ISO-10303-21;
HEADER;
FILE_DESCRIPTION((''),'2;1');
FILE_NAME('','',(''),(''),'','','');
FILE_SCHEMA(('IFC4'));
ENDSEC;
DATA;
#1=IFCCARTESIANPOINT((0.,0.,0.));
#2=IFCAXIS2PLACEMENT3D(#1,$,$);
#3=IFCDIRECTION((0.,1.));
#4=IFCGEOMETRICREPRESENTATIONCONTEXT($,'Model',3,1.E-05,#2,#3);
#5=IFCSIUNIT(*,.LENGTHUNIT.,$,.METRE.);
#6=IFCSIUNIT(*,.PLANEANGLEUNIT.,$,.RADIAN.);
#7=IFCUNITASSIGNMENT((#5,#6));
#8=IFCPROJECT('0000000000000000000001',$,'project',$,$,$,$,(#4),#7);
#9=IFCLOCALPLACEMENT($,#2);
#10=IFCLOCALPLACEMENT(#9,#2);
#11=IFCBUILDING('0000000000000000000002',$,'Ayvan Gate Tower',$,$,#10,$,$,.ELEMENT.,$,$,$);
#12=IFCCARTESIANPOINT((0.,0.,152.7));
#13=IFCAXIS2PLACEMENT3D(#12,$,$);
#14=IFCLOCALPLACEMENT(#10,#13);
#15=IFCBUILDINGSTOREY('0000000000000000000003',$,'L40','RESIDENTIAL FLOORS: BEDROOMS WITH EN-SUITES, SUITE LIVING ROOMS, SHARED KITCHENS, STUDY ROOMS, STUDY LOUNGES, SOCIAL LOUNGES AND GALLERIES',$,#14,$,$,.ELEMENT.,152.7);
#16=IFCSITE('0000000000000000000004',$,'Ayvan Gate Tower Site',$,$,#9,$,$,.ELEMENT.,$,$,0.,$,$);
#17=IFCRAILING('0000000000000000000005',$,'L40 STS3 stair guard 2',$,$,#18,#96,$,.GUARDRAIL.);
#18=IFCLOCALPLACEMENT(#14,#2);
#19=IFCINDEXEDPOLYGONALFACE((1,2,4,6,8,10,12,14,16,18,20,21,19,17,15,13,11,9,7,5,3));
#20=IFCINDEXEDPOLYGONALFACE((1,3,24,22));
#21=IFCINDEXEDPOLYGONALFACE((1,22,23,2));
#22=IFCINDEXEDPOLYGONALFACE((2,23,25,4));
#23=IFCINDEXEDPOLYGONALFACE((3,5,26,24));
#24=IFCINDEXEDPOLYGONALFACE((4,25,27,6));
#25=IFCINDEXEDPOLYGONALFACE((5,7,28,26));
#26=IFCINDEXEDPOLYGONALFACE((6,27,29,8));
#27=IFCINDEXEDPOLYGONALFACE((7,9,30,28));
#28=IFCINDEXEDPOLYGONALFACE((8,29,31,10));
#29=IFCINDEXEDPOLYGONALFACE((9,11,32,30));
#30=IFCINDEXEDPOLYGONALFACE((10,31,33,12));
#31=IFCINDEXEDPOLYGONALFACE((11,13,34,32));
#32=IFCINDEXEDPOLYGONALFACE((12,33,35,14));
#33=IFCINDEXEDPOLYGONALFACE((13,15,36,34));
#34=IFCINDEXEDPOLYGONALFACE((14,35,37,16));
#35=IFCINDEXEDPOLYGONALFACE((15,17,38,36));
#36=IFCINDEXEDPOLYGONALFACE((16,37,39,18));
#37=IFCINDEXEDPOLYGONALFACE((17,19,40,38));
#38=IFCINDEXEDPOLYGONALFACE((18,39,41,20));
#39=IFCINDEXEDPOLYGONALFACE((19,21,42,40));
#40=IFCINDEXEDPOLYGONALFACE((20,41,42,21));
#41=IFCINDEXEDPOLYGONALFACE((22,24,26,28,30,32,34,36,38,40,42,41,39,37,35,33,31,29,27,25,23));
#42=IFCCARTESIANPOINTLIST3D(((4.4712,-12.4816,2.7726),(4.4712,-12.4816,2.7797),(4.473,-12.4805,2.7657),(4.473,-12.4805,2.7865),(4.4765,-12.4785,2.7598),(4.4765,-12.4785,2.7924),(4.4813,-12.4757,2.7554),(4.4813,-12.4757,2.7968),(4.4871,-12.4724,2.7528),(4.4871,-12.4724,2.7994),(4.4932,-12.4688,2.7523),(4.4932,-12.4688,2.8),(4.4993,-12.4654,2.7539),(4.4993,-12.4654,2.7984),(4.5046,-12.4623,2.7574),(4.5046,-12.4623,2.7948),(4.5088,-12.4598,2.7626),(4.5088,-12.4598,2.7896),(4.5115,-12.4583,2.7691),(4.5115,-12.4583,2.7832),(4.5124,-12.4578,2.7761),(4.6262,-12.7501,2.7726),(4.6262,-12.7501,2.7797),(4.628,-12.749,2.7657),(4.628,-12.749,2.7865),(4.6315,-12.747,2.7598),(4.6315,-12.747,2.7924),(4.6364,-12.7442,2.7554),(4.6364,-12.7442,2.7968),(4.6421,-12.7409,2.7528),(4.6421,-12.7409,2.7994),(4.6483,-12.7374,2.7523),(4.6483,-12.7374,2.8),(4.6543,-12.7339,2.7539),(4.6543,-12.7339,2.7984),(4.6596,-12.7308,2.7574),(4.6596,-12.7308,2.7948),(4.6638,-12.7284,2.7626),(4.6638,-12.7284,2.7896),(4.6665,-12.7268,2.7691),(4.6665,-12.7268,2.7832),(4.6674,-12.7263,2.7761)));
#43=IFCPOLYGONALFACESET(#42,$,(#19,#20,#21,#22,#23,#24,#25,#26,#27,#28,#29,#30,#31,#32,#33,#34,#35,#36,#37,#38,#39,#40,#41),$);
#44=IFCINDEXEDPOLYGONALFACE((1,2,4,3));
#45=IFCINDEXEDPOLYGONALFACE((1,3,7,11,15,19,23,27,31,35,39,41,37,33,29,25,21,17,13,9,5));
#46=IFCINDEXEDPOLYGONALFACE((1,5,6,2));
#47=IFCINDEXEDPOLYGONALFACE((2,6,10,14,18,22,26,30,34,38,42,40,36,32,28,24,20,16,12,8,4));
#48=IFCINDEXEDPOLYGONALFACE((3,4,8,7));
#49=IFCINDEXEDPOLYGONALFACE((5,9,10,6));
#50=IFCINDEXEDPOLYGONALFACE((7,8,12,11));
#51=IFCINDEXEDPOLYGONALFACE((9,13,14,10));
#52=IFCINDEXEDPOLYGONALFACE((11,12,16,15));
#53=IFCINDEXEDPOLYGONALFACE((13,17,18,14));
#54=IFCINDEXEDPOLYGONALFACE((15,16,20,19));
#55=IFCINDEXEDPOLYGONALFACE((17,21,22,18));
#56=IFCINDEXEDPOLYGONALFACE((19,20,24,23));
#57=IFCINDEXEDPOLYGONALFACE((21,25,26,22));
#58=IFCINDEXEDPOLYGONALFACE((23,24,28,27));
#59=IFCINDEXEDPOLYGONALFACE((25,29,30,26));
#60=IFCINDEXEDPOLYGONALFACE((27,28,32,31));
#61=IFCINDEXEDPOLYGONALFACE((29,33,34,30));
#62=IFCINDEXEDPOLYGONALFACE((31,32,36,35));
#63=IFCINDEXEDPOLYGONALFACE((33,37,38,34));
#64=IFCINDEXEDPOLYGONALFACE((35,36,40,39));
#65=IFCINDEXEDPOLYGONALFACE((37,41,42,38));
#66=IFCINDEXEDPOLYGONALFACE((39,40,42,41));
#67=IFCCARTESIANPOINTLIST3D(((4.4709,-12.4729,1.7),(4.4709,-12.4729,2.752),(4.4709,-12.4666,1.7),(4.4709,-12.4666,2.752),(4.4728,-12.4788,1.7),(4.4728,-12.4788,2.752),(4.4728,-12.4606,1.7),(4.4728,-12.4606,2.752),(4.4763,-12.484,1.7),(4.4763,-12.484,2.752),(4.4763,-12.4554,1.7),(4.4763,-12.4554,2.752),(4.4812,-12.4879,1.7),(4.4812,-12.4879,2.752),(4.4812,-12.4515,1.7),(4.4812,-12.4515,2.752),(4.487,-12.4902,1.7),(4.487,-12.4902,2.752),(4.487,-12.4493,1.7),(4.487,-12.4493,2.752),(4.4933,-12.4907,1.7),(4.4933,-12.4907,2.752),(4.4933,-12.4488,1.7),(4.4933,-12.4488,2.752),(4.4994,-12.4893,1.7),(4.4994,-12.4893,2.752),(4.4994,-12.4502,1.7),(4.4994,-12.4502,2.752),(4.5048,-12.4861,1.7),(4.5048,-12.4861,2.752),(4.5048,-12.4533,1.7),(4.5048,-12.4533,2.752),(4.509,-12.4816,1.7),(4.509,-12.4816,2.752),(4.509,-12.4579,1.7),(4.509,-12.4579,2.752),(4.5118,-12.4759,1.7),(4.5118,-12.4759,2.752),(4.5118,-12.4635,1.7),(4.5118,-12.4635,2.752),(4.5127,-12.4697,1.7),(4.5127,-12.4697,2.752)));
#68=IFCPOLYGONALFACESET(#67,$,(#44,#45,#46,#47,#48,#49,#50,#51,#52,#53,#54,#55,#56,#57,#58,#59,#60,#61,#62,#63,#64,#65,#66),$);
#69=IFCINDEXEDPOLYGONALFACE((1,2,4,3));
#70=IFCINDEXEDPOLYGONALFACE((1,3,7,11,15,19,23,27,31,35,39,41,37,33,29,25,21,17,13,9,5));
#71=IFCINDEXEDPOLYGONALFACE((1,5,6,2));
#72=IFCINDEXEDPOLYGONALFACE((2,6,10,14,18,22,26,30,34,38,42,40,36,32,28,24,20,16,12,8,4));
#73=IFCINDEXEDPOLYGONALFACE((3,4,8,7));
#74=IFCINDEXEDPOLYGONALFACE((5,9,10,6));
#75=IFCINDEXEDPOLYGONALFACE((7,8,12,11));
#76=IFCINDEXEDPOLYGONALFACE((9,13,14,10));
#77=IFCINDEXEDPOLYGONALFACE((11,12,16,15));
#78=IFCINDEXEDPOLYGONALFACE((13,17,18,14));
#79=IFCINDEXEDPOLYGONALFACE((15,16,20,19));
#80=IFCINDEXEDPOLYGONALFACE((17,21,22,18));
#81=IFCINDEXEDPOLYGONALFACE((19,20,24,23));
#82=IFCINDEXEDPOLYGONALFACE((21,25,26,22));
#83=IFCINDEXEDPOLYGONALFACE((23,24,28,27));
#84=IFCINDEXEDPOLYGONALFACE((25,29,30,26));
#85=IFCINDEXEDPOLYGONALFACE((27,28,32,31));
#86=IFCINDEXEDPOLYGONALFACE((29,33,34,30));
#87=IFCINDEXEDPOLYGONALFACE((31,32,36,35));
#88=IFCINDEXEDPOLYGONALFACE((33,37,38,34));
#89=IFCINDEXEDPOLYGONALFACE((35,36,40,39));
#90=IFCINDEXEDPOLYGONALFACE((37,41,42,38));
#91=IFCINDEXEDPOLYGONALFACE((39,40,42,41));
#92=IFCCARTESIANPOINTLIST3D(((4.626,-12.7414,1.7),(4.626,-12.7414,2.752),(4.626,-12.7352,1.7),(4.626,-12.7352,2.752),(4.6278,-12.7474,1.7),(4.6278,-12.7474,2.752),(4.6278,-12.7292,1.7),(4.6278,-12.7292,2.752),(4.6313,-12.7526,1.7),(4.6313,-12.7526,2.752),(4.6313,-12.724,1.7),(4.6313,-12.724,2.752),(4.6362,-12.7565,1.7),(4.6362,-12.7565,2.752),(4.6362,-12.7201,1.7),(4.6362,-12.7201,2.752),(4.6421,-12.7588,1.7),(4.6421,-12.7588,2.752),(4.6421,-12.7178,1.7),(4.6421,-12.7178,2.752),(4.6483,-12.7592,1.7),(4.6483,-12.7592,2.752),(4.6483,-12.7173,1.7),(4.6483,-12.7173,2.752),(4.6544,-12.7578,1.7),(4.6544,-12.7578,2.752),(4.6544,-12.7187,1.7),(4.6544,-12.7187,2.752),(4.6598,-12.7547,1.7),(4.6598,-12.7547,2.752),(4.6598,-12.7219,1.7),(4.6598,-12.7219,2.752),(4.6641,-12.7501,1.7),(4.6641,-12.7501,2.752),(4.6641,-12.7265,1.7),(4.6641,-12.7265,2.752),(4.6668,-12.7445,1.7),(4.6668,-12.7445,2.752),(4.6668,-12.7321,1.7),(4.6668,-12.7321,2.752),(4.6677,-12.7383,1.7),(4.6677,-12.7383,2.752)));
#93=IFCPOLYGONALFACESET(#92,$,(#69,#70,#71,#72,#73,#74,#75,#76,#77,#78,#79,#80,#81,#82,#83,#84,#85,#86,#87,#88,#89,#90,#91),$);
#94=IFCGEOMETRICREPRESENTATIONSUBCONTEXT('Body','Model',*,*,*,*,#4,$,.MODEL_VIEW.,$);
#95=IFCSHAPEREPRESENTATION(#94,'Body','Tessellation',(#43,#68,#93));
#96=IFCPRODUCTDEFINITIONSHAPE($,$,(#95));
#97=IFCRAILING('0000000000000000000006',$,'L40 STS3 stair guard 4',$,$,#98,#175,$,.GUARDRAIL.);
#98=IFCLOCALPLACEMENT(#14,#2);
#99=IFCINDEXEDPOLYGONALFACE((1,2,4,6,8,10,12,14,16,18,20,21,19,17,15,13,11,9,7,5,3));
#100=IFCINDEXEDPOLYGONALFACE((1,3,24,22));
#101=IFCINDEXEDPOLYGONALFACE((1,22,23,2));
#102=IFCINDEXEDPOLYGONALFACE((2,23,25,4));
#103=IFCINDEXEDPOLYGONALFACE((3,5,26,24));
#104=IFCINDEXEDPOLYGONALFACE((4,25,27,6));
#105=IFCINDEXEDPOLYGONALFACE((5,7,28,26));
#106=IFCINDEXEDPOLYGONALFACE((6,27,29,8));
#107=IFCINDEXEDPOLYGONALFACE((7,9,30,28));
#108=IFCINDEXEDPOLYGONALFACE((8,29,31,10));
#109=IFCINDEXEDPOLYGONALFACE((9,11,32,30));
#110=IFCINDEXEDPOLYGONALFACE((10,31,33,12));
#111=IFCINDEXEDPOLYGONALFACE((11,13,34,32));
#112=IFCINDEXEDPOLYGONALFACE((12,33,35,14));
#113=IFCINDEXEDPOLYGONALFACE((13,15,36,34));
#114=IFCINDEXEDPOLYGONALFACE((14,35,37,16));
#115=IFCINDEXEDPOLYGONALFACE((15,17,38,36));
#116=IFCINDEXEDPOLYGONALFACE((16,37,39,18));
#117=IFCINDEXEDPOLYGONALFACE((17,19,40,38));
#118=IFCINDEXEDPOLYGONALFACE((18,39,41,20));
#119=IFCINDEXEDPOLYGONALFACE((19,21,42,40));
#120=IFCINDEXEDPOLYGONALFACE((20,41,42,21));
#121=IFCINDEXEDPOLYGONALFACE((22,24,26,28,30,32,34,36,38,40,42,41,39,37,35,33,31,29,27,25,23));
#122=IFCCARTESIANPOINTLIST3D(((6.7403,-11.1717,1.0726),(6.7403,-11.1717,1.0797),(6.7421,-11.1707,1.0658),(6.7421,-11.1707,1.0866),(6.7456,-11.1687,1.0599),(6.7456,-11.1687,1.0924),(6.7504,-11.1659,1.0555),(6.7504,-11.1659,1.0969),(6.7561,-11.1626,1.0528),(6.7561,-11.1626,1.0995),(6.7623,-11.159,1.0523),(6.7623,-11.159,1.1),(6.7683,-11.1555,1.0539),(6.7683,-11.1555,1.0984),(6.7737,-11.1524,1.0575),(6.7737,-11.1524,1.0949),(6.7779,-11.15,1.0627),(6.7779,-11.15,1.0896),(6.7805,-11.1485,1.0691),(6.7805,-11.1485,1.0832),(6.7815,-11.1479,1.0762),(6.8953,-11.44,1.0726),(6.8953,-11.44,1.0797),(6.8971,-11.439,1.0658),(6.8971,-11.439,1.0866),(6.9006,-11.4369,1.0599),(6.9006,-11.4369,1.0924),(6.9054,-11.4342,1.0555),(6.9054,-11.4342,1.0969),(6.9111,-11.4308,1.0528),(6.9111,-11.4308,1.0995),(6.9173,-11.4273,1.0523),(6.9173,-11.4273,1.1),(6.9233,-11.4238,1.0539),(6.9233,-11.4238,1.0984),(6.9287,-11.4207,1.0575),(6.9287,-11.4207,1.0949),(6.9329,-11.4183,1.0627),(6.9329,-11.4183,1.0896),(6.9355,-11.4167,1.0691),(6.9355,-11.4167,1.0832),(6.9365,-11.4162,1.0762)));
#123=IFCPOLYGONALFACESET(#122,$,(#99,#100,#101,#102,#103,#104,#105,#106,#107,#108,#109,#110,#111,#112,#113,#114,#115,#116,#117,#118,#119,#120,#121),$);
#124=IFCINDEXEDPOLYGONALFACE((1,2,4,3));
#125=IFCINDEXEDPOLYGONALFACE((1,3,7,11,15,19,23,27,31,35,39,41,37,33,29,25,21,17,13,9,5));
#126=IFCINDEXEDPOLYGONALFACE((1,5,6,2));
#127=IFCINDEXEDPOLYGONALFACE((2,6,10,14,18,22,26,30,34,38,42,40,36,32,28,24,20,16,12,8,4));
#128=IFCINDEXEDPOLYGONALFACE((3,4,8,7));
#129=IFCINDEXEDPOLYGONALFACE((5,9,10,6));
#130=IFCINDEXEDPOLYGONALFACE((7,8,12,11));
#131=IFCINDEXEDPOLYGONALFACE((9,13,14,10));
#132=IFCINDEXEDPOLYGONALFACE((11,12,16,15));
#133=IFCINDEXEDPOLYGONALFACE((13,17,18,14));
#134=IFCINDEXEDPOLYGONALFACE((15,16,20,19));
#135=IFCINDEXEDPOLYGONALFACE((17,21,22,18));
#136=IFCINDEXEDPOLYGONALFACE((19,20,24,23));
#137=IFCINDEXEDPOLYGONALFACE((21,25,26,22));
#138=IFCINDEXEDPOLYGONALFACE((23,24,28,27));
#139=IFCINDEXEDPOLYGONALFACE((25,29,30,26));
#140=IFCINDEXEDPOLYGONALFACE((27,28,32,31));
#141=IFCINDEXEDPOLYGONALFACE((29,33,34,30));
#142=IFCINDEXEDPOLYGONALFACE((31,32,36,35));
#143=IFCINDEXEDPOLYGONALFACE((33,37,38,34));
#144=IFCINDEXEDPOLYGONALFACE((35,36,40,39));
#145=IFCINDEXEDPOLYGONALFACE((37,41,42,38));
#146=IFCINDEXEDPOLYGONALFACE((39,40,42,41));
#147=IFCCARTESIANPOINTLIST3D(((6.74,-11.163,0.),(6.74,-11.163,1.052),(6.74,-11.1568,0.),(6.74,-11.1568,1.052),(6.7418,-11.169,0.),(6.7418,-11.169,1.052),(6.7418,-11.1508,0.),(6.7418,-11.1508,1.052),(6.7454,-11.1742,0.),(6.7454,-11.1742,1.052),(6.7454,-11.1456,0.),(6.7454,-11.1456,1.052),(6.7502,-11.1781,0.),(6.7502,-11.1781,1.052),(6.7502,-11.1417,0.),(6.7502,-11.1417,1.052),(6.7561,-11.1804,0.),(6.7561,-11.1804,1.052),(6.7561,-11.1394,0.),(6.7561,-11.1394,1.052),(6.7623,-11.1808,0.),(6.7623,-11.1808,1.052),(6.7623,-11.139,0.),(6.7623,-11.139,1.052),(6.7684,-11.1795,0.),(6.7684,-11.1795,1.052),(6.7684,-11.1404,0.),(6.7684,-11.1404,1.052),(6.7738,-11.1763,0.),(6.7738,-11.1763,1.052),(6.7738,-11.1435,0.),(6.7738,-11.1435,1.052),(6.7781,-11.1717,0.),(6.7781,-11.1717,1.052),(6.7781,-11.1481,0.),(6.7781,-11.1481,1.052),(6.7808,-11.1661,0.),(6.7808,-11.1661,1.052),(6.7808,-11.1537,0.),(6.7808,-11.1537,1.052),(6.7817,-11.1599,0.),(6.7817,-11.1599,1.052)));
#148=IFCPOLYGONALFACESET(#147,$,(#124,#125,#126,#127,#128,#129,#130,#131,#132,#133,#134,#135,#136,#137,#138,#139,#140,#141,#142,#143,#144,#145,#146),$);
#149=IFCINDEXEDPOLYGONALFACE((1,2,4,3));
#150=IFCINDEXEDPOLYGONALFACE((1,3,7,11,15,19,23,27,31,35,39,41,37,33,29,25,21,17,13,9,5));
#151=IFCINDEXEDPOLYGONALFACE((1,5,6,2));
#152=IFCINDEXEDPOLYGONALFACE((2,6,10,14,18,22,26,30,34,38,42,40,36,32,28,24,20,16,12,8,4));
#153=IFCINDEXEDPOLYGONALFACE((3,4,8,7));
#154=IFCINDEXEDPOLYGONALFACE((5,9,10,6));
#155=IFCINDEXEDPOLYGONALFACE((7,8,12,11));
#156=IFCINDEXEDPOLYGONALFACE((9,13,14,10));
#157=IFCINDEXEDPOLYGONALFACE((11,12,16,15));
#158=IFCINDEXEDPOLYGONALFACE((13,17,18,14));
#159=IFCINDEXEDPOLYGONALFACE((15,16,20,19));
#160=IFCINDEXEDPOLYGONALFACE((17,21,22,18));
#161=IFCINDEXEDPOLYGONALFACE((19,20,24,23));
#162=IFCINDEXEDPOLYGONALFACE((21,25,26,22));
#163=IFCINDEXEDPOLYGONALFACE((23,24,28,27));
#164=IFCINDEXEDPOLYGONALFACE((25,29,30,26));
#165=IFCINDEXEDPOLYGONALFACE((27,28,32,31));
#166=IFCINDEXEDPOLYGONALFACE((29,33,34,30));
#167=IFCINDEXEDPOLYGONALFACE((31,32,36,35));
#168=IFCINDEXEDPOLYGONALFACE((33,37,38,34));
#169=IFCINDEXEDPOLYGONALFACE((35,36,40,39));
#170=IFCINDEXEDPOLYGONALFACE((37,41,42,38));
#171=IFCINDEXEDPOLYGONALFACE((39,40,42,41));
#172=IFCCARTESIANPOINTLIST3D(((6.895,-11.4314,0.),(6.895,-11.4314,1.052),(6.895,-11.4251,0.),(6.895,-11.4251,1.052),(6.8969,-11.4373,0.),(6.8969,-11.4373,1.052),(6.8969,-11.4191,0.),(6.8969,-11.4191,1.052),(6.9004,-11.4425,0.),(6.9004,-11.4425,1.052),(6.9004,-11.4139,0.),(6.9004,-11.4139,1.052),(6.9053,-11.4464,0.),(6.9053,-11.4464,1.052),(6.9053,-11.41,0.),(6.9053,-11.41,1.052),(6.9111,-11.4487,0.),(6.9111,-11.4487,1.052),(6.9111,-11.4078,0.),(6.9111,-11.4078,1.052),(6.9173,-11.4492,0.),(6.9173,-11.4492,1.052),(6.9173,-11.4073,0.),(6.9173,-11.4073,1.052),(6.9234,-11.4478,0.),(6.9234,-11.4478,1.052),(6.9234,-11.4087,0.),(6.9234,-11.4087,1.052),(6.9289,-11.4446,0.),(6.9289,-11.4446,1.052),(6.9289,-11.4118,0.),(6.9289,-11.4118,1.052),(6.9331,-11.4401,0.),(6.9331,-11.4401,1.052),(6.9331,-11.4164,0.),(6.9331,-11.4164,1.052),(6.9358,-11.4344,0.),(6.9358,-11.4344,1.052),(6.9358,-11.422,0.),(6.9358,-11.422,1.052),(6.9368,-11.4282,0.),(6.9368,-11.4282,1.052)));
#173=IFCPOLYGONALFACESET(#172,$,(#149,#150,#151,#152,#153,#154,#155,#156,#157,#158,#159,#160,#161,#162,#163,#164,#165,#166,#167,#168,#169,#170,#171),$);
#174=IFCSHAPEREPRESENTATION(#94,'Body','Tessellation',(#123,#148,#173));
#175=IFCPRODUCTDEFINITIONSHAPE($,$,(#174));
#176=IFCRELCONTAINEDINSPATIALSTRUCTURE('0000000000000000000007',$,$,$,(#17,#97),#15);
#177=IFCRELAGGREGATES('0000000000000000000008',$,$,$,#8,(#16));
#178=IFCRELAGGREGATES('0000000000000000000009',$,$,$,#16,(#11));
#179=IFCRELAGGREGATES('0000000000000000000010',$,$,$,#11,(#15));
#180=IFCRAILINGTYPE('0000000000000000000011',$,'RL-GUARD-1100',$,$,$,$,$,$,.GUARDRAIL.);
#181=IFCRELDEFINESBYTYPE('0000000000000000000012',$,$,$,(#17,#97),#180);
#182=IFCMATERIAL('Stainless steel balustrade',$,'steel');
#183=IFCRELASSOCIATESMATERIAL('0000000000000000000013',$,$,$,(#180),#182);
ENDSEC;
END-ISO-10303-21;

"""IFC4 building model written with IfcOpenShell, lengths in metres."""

from ifc_helpers import new_model, si_unit, direction, frame, origin, origin_2d, place, context, subcontext, project, spatial, circle, extrude, material, type_object, element, save


model = new_model("IFC4")

# Units and contexts
model_context = context("Model", 3, precision=1e-05, world=origin(), true_north=direction((0.0, 1.0)))
body_context = subcontext(model_context, "Body", "Model", "MODEL_VIEW")
ifc_project = project(units=[si_unit("LENGTHUNIT", "METRE"), si_unit("PLANEANGLEUNIT", "RADIAN")], contexts=[model_context])

# Site, building, storey
site_placement = place(None, origin())
site = spatial("IfcSite", under=ifc_project, at=site_placement, Name="Ayvan Gate Tower Site", CompositionType="ELEMENT", RefElevation=0.0)
building_placement = place(site_placement, origin())
building = spatial("IfcBuilding", under=site, at=building_placement, Name="Ayvan Gate Tower", CompositionType="ELEMENT")
storey_placement = place(building_placement, frame((0.0, 0.0, 152.7)))
storey = spatial("IfcBuildingStorey", under=building, at=storey_placement, Name="L40", Description="RESIDENTIAL FLOORS: BEDROOMS WITH EN-SUITES, SUITE LIVING ROOMS, SHARED KITCHENS, STUDY ROOMS, STUDY LOUNGES, SOCIAL LOUNGES AND GALLERIES", CompositionType="ELEMENT", Elevation=152.7)

# Railings
ifc_material_1 = material(Name="Stainless steel balustrade", Category="steel")
railing_type_1 = type_object("IfcRailingType", Name="RL-GUARD-1100", PredefinedType="GUARDRAIL", material=ifc_material_1)
railing_1_placement = place(storey_placement, frame((4.4917, -12.4697, 1.7)))
element("IfcRailing", 1, at=railing_1_placement, inside=storey, type_object=railing_type_1, Name="L40 STS3 stair guard 2", PredefinedType="GUARDRAIL", context=body_context, shape_type="SweptSolid", body=[
    extrude(circle(Radius=0.0239, at=origin_2d()), frame((0.0, 0.0, 1.0762), z_axis=(0.49995, -0.866054, 0.0), x_axis=(0.866054, 0.49995, 0.0)), (0.0, 0.0, 1.0), 0.3101),
    extrude(circle(Radius=0.021, at=origin_2d()), origin(), (0.0, 0.0, 1.0), 1.052),
    extrude(circle(Radius=0.021, at=origin_2d()), frame((0.155, -0.2686, 0.0)), (0.0, 0.0, 1.0), 1.052),
])
railing_2_placement = place(storey_placement, frame((6.7607, -11.1599, 0.0)))
element("IfcRailing", 2, at=railing_2_placement, inside=storey, type_object=railing_type_1, Name="L40 STS3 stair guard 4", PredefinedType="GUARDRAIL", context=body_context, shape_type="SweptSolid", body=[
    extrude(circle(Radius=0.0239, at=origin_2d()), frame((0.0, 0.0, 1.0762), z_axis=(0.500291, -0.865857, 0.0), x_axis=(0.865857, 0.500291, 0.0)), (0.0, 0.0, 1.0), 0.3098),
    extrude(circle(Radius=0.021, at=origin_2d()), origin(), (0.0, 0.0, 1.0), 1.052),
    extrude(circle(Radius=0.021, at=origin_2d()), frame((0.155, -0.2683, 0.0)), (0.0, 0.0, 1.0), 1.052),
])

save(model, "model.ifc")
